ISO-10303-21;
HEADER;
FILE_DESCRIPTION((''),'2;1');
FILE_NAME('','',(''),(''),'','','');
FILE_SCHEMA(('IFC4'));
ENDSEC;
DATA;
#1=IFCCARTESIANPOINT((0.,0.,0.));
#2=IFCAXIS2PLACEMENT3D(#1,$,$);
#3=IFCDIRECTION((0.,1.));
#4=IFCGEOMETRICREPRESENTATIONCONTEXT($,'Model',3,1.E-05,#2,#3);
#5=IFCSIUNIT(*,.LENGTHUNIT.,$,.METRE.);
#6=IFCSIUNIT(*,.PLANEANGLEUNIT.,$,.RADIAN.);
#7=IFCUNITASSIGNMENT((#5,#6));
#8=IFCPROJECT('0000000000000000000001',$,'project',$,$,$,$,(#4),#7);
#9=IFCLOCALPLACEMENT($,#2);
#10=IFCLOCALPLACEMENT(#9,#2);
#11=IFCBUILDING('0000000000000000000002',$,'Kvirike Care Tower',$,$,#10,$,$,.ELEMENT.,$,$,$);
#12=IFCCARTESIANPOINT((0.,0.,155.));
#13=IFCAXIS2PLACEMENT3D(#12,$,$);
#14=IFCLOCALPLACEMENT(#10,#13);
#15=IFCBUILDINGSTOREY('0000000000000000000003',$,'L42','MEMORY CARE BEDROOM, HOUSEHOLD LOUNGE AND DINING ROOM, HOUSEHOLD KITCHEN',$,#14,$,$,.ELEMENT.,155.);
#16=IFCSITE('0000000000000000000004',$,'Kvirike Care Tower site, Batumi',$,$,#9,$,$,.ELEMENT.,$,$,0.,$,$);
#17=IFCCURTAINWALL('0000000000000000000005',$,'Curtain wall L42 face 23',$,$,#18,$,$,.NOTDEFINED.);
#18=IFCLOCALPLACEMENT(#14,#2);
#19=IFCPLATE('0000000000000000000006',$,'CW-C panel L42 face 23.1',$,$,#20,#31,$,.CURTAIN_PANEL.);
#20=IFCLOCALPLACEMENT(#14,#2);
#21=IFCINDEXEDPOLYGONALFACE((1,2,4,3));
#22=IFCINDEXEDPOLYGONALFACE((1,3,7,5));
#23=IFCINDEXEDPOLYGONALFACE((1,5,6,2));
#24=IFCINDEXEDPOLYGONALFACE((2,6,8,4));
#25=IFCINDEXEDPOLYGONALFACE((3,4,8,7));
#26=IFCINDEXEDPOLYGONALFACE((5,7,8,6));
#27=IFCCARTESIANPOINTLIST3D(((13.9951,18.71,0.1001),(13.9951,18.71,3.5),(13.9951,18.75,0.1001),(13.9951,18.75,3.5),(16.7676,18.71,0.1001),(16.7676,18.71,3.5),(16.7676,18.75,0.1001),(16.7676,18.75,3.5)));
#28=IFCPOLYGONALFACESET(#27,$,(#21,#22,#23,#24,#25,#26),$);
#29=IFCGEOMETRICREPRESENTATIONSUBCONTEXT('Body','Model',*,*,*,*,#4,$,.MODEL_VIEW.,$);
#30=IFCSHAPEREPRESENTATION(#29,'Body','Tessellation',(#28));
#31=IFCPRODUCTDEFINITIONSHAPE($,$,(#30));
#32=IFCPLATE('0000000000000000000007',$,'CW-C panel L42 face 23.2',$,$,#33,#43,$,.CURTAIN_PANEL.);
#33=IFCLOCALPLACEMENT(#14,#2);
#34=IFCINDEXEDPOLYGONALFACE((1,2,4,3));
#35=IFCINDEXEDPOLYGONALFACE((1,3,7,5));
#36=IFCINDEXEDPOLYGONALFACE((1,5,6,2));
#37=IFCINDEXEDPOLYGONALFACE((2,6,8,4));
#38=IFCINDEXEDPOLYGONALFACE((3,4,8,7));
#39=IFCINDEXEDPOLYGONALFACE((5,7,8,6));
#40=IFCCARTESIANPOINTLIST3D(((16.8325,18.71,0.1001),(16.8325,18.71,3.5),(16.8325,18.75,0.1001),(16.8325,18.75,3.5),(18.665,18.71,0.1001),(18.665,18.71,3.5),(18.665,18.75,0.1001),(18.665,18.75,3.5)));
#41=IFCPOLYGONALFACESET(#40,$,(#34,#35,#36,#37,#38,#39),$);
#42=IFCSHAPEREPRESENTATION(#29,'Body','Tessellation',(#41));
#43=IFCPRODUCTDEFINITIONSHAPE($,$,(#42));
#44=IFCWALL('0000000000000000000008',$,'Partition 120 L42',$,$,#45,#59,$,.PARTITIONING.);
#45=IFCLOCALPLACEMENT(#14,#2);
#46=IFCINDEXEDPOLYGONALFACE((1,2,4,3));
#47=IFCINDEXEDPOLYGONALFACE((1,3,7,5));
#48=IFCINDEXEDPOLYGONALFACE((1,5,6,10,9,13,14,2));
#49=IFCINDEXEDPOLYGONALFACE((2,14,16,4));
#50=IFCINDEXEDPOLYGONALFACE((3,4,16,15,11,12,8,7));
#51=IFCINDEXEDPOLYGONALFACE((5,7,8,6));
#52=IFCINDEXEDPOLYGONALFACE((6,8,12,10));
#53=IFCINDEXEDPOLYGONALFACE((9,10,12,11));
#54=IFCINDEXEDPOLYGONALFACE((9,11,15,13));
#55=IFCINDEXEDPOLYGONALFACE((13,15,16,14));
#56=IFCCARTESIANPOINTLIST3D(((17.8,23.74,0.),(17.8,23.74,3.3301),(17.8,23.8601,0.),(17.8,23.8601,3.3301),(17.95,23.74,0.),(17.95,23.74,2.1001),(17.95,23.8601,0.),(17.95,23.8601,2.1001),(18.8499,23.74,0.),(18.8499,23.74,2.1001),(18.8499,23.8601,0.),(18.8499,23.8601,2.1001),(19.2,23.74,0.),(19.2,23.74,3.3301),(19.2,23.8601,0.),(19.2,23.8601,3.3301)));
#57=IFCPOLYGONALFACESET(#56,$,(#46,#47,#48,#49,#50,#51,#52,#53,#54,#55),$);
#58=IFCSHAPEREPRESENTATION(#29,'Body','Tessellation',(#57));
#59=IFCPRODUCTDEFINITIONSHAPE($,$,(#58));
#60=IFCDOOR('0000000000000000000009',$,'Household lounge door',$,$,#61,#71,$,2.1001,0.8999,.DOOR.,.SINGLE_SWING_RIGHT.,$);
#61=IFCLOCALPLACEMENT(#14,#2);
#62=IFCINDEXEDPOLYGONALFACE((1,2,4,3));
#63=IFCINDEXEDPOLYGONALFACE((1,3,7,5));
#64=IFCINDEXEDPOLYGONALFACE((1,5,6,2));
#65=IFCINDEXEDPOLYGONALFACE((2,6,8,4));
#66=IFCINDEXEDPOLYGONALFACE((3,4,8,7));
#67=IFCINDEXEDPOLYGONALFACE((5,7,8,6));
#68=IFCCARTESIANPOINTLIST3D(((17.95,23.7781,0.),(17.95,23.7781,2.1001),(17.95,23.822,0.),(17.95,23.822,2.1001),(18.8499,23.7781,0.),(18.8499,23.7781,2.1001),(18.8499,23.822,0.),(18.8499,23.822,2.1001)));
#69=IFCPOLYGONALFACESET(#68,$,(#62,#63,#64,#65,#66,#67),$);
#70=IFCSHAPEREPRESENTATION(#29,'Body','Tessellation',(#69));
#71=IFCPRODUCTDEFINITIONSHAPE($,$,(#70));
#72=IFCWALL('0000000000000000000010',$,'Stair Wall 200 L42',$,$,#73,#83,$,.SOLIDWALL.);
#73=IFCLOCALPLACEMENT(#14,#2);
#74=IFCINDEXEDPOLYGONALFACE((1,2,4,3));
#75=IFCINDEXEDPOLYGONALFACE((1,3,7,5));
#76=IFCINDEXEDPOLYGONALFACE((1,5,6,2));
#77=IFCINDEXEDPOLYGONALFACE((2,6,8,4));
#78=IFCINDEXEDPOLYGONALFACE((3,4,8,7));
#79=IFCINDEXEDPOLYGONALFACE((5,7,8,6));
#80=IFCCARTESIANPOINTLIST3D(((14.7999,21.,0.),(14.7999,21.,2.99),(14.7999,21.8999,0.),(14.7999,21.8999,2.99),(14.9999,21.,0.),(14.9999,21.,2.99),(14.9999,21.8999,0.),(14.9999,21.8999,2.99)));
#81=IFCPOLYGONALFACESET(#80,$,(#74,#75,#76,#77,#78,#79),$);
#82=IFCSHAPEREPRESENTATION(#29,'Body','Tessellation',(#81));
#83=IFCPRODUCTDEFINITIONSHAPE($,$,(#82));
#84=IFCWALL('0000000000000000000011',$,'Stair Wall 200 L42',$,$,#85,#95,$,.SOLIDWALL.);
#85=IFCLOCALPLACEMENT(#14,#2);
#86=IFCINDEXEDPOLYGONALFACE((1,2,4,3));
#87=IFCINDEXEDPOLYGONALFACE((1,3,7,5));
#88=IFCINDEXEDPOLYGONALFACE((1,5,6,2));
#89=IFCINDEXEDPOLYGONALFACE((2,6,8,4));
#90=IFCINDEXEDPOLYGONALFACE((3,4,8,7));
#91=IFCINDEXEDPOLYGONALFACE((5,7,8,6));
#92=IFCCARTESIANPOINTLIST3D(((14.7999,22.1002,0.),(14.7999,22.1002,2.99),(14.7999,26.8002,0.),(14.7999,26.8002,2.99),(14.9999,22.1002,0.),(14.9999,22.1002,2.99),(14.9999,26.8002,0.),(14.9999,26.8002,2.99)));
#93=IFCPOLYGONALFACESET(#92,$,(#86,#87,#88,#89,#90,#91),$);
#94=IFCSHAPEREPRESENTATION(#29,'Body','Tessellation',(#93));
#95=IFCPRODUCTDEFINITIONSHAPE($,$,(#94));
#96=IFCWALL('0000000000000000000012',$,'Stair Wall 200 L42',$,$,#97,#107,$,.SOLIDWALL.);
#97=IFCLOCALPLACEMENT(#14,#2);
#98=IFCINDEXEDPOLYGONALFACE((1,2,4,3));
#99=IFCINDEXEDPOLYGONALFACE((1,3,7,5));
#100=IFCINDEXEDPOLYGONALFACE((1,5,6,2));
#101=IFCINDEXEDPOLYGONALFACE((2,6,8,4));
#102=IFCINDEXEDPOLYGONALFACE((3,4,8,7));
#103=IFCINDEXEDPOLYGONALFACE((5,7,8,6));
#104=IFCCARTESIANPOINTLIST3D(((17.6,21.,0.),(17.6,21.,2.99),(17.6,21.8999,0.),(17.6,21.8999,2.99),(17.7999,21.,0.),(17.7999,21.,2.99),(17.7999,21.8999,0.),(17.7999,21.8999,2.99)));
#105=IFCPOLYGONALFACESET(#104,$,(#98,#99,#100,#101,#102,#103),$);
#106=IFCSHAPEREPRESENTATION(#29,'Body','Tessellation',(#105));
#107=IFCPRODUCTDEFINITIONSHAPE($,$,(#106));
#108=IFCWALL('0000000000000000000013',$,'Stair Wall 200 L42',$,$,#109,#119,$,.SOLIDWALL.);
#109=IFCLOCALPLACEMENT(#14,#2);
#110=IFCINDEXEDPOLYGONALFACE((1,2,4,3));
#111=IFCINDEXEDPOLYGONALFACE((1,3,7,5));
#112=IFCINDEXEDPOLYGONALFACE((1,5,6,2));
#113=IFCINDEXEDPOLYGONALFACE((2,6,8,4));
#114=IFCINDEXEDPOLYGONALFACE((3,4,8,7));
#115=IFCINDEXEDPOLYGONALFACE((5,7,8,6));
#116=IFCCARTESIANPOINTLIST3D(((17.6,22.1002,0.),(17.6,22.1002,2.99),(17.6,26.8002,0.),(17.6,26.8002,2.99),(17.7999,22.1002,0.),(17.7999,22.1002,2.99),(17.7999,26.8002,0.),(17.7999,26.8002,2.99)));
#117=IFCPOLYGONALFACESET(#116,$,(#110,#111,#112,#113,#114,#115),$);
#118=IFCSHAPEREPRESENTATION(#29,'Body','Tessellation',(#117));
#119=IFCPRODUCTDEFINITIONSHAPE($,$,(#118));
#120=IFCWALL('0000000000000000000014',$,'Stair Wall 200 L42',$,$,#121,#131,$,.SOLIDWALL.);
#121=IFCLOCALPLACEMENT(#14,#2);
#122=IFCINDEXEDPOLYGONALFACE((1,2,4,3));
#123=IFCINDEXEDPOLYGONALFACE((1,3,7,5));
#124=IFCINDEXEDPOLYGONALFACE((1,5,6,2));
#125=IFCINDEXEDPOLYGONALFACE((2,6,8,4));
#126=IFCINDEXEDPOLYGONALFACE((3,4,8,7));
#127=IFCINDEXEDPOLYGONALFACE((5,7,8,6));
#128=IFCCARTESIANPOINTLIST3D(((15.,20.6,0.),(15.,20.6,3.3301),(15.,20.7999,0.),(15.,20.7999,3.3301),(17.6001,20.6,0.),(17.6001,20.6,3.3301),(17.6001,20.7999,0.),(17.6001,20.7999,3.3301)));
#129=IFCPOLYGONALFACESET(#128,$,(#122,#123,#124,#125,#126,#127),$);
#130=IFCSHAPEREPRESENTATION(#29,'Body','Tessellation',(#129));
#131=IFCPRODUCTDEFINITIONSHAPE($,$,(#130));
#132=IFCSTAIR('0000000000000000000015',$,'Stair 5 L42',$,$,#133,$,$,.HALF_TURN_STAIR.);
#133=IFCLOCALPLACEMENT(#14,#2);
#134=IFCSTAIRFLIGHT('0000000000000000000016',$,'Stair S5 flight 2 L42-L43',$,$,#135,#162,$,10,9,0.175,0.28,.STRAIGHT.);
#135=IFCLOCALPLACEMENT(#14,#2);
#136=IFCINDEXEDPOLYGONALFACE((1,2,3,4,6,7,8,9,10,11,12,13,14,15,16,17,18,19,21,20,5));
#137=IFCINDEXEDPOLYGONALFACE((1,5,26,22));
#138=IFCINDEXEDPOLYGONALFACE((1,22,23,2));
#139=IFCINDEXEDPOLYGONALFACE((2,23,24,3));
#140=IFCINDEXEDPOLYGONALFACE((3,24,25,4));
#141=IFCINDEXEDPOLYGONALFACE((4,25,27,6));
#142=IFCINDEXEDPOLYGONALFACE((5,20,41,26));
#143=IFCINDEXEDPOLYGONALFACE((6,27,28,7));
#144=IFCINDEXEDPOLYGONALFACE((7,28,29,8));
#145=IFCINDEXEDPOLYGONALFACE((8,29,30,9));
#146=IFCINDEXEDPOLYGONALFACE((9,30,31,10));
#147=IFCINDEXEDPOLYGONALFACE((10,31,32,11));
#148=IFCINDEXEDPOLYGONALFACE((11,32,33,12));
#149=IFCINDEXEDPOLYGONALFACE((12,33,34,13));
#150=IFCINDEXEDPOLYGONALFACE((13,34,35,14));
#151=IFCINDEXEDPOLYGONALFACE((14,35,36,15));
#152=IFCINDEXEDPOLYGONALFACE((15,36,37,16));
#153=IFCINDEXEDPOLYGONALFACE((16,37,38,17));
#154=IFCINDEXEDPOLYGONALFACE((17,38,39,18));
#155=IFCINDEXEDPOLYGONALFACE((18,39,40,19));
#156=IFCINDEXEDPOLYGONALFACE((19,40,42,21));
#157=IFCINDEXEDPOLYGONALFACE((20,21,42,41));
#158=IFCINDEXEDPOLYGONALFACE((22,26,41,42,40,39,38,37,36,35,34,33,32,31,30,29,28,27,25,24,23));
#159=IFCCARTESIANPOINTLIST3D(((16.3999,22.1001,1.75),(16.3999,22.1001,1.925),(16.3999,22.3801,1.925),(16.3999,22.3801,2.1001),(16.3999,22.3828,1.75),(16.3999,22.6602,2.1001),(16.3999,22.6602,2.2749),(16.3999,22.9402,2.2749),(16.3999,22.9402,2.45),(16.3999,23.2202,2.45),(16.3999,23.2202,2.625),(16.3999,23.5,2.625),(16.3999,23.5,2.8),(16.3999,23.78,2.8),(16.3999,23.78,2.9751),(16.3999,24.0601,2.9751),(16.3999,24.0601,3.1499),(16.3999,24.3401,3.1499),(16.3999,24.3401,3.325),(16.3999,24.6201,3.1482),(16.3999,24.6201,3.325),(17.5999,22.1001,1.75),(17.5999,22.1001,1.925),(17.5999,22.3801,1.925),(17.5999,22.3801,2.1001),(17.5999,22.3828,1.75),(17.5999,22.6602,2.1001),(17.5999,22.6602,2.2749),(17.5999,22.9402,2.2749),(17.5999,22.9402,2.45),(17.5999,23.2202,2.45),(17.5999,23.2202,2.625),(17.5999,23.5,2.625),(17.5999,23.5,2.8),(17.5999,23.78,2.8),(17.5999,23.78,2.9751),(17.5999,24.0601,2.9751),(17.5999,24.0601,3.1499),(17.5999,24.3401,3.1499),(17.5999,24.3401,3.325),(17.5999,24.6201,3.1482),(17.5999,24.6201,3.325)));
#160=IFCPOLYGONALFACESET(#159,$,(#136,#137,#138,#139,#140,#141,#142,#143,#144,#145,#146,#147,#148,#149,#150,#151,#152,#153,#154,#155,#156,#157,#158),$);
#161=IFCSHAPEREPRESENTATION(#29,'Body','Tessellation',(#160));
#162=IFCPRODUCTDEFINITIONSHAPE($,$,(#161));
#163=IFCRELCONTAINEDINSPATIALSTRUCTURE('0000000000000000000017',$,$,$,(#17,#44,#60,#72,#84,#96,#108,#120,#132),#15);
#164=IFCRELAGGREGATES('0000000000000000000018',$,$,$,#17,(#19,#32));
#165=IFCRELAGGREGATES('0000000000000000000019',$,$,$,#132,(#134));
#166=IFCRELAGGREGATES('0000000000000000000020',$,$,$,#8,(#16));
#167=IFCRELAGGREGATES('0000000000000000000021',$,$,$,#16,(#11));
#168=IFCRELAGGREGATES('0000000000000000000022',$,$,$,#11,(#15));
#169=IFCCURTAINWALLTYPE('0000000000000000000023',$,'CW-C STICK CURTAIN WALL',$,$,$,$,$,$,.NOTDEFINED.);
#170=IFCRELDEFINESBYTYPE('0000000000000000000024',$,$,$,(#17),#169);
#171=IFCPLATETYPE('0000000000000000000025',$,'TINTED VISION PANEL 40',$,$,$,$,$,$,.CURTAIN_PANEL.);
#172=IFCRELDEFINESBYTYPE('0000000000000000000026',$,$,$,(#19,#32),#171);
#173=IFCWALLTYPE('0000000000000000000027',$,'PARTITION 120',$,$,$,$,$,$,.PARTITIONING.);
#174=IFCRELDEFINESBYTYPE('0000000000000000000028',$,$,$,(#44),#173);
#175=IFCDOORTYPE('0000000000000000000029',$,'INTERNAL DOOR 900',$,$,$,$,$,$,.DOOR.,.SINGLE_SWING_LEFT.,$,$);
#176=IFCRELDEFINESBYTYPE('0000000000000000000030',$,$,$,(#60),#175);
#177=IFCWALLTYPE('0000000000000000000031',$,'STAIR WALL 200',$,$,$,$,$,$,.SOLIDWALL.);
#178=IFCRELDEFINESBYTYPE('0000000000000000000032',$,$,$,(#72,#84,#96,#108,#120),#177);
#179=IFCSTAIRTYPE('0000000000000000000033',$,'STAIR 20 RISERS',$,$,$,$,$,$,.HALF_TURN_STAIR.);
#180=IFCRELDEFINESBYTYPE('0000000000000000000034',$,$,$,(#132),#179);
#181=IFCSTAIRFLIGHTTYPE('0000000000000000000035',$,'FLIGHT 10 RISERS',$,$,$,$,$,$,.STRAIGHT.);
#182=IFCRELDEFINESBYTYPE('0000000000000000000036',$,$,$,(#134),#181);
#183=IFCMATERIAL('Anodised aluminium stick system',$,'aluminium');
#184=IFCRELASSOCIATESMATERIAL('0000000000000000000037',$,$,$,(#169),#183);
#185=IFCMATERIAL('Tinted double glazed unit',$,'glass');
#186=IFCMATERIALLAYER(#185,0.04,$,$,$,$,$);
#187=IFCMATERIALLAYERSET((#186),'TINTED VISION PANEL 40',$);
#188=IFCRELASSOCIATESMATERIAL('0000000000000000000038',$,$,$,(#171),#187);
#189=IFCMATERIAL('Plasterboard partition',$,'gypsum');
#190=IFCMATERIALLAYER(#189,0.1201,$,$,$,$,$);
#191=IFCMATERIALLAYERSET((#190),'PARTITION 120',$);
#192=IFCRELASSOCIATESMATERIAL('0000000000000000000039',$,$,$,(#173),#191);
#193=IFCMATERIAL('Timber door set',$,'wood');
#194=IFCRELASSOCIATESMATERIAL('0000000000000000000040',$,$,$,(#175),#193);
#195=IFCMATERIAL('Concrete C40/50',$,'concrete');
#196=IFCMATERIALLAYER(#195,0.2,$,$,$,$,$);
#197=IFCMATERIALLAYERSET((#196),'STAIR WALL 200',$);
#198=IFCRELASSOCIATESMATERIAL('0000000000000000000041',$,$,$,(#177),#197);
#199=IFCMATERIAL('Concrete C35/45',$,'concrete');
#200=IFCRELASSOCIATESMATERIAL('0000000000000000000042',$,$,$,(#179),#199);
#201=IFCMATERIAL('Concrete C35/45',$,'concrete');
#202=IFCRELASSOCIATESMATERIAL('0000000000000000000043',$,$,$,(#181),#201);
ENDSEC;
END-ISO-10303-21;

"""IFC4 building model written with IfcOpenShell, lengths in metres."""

from ifc_helpers import new_model, si_unit, direction, frame, frame_2d, origin, origin_2d, place, context, subcontext, project, spatial, polyline, rectangle, outline, extrude, material, layer, layer_set, type_object, element, fill, aggregate, save


model = new_model("IFC4")

# Units and contexts
model_context = context("Model", 3, precision=1e-05, world=origin(), true_north=direction((0.0, 1.0)))
body_context = subcontext(model_context, "Body", "Model", "MODEL_VIEW")
ifc_project = project(units=[si_unit("LENGTHUNIT", "METRE"), si_unit("PLANEANGLEUNIT", "RADIAN")], contexts=[model_context])

# Site, building, storey
site_placement = place(None, origin())
site = spatial("IfcSite", under=ifc_project, at=site_placement, Name="Kvirike Care Tower site, Batumi", CompositionType="ELEMENT", RefElevation=0.0)
building_placement = place(site_placement, origin())
building = spatial("IfcBuilding", under=site, at=building_placement, Name="Kvirike Care Tower", CompositionType="ELEMENT")
storey_placement = place(building_placement, frame((0.0, 0.0, 155.0)))
storey = spatial("IfcBuildingStorey", under=building, at=storey_placement, Name="L42", Description="MEMORY CARE BEDROOM, HOUSEHOLD LOUNGE AND DINING ROOM, HOUSEHOLD KITCHEN", CompositionType="ELEMENT", Elevation=155.0)

# Curtain wall
ifc_material_1 = material(Name="Anodised aluminium stick system", Category="aluminium")
curtain_wall_type = type_object("IfcCurtainWallType", Name="CW-C STICK CURTAIN WALL", PredefinedType="NOTDEFINED", material=ifc_material_1)
curtain_wall_1_placement = place(storey_placement, origin())
curtain_wall_1 = element("IfcCurtainWall", 1, at=curtain_wall_1_placement, inside=storey, type_object=curtain_wall_type, Name="Curtain wall L42 face 23", PredefinedType="NOTDEFINED")

# Plates
ifc_material_2 = material(Name="Tinted double glazed unit", Category="glass")
ifc_layer_1 = layer(ifc_material_2, 0.04)
ifc_layer_set_1 = layer_set([ifc_layer_1], Name="TINTED VISION PANEL 40")
plate_type = type_object("IfcPlateType", Name="TINTED VISION PANEL 40", PredefinedType="CURTAIN_PANEL", material=ifc_layer_set_1)
plate_1_placement = place(storey_placement, frame((15.3813, 18.73, 0.1001), z_axis=(0.0, 0.0, 1.0), x_axis=(1.0, 0.0, 0.0)))
plate_1 = element("IfcPlate", 2, at=plate_1_placement, type_object=plate_type, Name="CW-C panel L42 face 23.1", PredefinedType="CURTAIN_PANEL", context=body_context, shape_type="SweptSolid", body=[
    extrude(rectangle(XDim=2.7725, YDim=0.04, at=origin_2d()), origin(), (0.0, 0.0, 1.0), 3.3999),
])
plate_2_placement = place(storey_placement, frame((17.7488, 18.73, 0.1001), z_axis=(0.0, 0.0, 1.0), x_axis=(1.0, 0.0, 0.0)))
plate_2 = element("IfcPlate", 3, at=plate_2_placement, type_object=plate_type, Name="CW-C panel L42 face 23.2", PredefinedType="CURTAIN_PANEL", context=body_context, shape_type="SweptSolid", body=[
    extrude(rectangle(XDim=1.8325, YDim=0.04, at=origin_2d()), origin(), (0.0, 0.0, 1.0), 3.3999),
])
aggregate(curtain_wall_1, [plate_1, plate_2])

# Wall, opening, door
ifc_material_3 = material(Name="Plasterboard partition", Category="gypsum")
ifc_layer_2 = layer(ifc_material_3, 0.1201)
ifc_layer_set_2 = layer_set([ifc_layer_2], Name="PARTITION 120")
wall_type_1 = type_object("IfcWallType", Name="PARTITION 120", PredefinedType="PARTITIONING", material=ifc_layer_set_2)
wall_1_placement = place(storey_placement, frame((17.8, 23.8, 0.0), z_axis=(0.0, 0.0, 1.0), x_axis=(1.0, 0.0, 0.0)))
wall_1 = element("IfcWall", 4, at=wall_1_placement, inside=storey, type_object=wall_type_1, Name="Partition 120 L42", PredefinedType="PARTITIONING", context=body_context, shape_type="SweptSolid", body=[
    extrude(rectangle(XDim=1.3999, YDim=0.1201, at=frame_2d((0.7, 0.0))), origin(), (0.0, 0.0, 1.0), 3.3301),
])
opening_placement = place(wall_1_placement, frame((0.1499, 0.0, 0.0)))
opening = element("IfcOpeningElement", 5, at=opening_placement, cuts=wall_1, PredefinedType="OPENING", context=body_context, shape_type="SweptSolid", body=[
    extrude(rectangle(XDim=0.8999, YDim=2.1001, at=frame_2d((0.45, 1.05))), frame((0.0, 0.0706, 0.0), z_axis=(0.0, -1.0, 0.0), x_axis=(1.0, 0.0, 0.0)), (0.0, 0.0, 1.0), 0.1411),
])
ifc_material_4 = material(Name="Timber door set", Category="wood")
door_type = type_object("IfcDoorType", Name="INTERNAL DOOR 900", OperationType="SINGLE_SWING_LEFT", PredefinedType="DOOR", material=ifc_material_4)
door_placement = place(opening_placement, origin())
door = element("IfcDoor", 6, at=door_placement, inside=storey, type_object=door_type, Name="Household lounge door", OperationType="SINGLE_SWING_RIGHT", OverallHeight=2.1001, OverallWidth=0.8999, PredefinedType="DOOR", context=body_context, shape_type="SweptSolid", body=[
    extrude(rectangle(XDim=0.8999, YDim=2.1001, at=frame_2d((0.45, 1.05))), frame((0.0, 0.022, 0.0), z_axis=(0.0, -1.0, 0.0), x_axis=(1.0, 0.0, 0.0)), (0.0, 0.0, 1.0), 0.0439),
])
fill(opening, door)

# Walls
ifc_material_5 = material(Name="Concrete C40/50", Category="concrete")
ifc_layer_3 = layer(ifc_material_5, 0.2)
ifc_layer_set_3 = layer_set([ifc_layer_3], Name="STAIR WALL 200")
wall_type_2 = type_object("IfcWallType", Name="STAIR WALL 200", PredefinedType="SOLIDWALL", material=ifc_layer_set_3)
wall_2_placement = place(storey_placement, frame((14.8999, 21.0, 0.0), z_axis=(0.0, 0.0, 1.0), x_axis=(0.0, 1.0, 0.0)))
element("IfcWall", 7, at=wall_2_placement, inside=storey, type_object=wall_type_2, Name="Stair Wall 200 L42", PredefinedType="SOLIDWALL", context=body_context, shape_type="SweptSolid", body=[
    extrude(rectangle(XDim=0.8999, YDim=0.2, at=frame_2d((0.45, 0.0))), origin(), (0.0, 0.0, 1.0), 2.99),
])
wall_3_placement = place(storey_placement, frame((14.8999, 22.1001, 0.0), z_axis=(0.0, 0.0, 1.0), x_axis=(0.0, 1.0, 0.0)))
element("IfcWall", 8, at=wall_3_placement, inside=storey, type_object=wall_type_2, Name="Stair Wall 200 L42", PredefinedType="SOLIDWALL", context=body_context, shape_type="SweptSolid", body=[
    extrude(rectangle(XDim=4.7, YDim=0.2, at=frame_2d((2.3501, 0.0))), origin(), (0.0, 0.0, 1.0), 2.99),
])
wall_4_placement = place(storey_placement, frame((17.7, 21.0, 0.0), z_axis=(0.0, 0.0, 1.0), x_axis=(0.0, 1.0, 0.0)))
element("IfcWall", 9, at=wall_4_placement, inside=storey, type_object=wall_type_2, Name="Stair Wall 200 L42", PredefinedType="SOLIDWALL", context=body_context, shape_type="SweptSolid", body=[
    extrude(rectangle(XDim=0.8999, YDim=0.2, at=frame_2d((0.45, 0.0))), origin(), (0.0, 0.0, 1.0), 2.99),
])
wall_5_placement = place(storey_placement, frame((17.7, 22.1001, 0.0), z_axis=(0.0, 0.0, 1.0), x_axis=(0.0, 1.0, 0.0)))
element("IfcWall", 10, at=wall_5_placement, inside=storey, type_object=wall_type_2, Name="Stair Wall 200 L42", PredefinedType="SOLIDWALL", context=body_context, shape_type="SweptSolid", body=[
    extrude(rectangle(XDim=4.7, YDim=0.2, at=frame_2d((2.3501, 0.0))), origin(), (0.0, 0.0, 1.0), 2.99),
])
wall_6_placement = place(storey_placement, frame((15.0, 20.7, 0.0), z_axis=(0.0, 0.0, 1.0), x_axis=(1.0, 0.0, 0.0)))
element("IfcWall", 11, at=wall_6_placement, inside=storey, type_object=wall_type_2, Name="Stair Wall 200 L42", PredefinedType="SOLIDWALL", context=body_context, shape_type="SweptSolid", body=[
    extrude(rectangle(XDim=2.6001, YDim=0.2, at=frame_2d((1.3, 0.0))), origin(), (0.0, 0.0, 1.0), 3.3301),
])

# Stair, stair flight
ifc_material_6 = material(Name="Concrete C35/45", Category="concrete")
stair_type = type_object("IfcStairType", Name="STAIR 20 RISERS", PredefinedType="HALF_TURN_STAIR", material=ifc_material_6)
stair_placement = place(storey_placement, origin())
stair = element("IfcStair", 12, at=stair_placement, inside=storey, type_object=stair_type, Name="Stair 5 L42", PredefinedType="HALF_TURN_STAIR")
ifc_material_7 = material(Name="Concrete C35/45", Category="concrete")
stair_flight_type = type_object("IfcStairFlightType", Name="FLIGHT 10 RISERS", PredefinedType="STRAIGHT", material=ifc_material_7)
stair_flight_placement = place(storey_placement, frame((17.0, 22.1001, 1.75), z_axis=(0.0, 0.0, 1.0), x_axis=(0.0, 1.0, 0.0)))
stair_flight = element("IfcStairFlight", 13, at=stair_flight_placement, type_object=stair_flight_type, Name="Stair S5 flight 2 L42-L43", NumberOfRisers=10, NumberOfTreads=9, PredefinedType="STRAIGHT", RiserHeight=0.175, TreadLength=0.28, context=body_context, shape_type="SweptSolid", body=[
    extrude(outline(polyline([(0.0, 0.0), (0.0, 0.175), (0.28, 0.175), (0.28, 0.3501), (0.5601, 0.3501), (0.5601, 0.5249), (0.8401, 0.5249), (0.8401, 0.7), (1.1201, 0.7), (1.1201, 0.875), (1.3999, 0.875), (1.3999, 1.05), (1.6799, 1.05), (1.6799, 1.2251), (1.96, 1.2251), (1.96, 1.3999), (2.24, 1.3999), (2.24, 1.575), (2.52, 1.575), (2.52, 1.75), (2.52, 1.3982), (0.2827, 0.0), (0.0, 0.0)])), frame((0.0, 0.6001, 0.0), z_axis=(0.0, -1.0, 0.0), x_axis=(1.0, 0.0, 0.0)), (0.0, 0.0, 1.0), 1.2),
])
aggregate(stair, [stair_flight])

save(model, "model.ifc")
